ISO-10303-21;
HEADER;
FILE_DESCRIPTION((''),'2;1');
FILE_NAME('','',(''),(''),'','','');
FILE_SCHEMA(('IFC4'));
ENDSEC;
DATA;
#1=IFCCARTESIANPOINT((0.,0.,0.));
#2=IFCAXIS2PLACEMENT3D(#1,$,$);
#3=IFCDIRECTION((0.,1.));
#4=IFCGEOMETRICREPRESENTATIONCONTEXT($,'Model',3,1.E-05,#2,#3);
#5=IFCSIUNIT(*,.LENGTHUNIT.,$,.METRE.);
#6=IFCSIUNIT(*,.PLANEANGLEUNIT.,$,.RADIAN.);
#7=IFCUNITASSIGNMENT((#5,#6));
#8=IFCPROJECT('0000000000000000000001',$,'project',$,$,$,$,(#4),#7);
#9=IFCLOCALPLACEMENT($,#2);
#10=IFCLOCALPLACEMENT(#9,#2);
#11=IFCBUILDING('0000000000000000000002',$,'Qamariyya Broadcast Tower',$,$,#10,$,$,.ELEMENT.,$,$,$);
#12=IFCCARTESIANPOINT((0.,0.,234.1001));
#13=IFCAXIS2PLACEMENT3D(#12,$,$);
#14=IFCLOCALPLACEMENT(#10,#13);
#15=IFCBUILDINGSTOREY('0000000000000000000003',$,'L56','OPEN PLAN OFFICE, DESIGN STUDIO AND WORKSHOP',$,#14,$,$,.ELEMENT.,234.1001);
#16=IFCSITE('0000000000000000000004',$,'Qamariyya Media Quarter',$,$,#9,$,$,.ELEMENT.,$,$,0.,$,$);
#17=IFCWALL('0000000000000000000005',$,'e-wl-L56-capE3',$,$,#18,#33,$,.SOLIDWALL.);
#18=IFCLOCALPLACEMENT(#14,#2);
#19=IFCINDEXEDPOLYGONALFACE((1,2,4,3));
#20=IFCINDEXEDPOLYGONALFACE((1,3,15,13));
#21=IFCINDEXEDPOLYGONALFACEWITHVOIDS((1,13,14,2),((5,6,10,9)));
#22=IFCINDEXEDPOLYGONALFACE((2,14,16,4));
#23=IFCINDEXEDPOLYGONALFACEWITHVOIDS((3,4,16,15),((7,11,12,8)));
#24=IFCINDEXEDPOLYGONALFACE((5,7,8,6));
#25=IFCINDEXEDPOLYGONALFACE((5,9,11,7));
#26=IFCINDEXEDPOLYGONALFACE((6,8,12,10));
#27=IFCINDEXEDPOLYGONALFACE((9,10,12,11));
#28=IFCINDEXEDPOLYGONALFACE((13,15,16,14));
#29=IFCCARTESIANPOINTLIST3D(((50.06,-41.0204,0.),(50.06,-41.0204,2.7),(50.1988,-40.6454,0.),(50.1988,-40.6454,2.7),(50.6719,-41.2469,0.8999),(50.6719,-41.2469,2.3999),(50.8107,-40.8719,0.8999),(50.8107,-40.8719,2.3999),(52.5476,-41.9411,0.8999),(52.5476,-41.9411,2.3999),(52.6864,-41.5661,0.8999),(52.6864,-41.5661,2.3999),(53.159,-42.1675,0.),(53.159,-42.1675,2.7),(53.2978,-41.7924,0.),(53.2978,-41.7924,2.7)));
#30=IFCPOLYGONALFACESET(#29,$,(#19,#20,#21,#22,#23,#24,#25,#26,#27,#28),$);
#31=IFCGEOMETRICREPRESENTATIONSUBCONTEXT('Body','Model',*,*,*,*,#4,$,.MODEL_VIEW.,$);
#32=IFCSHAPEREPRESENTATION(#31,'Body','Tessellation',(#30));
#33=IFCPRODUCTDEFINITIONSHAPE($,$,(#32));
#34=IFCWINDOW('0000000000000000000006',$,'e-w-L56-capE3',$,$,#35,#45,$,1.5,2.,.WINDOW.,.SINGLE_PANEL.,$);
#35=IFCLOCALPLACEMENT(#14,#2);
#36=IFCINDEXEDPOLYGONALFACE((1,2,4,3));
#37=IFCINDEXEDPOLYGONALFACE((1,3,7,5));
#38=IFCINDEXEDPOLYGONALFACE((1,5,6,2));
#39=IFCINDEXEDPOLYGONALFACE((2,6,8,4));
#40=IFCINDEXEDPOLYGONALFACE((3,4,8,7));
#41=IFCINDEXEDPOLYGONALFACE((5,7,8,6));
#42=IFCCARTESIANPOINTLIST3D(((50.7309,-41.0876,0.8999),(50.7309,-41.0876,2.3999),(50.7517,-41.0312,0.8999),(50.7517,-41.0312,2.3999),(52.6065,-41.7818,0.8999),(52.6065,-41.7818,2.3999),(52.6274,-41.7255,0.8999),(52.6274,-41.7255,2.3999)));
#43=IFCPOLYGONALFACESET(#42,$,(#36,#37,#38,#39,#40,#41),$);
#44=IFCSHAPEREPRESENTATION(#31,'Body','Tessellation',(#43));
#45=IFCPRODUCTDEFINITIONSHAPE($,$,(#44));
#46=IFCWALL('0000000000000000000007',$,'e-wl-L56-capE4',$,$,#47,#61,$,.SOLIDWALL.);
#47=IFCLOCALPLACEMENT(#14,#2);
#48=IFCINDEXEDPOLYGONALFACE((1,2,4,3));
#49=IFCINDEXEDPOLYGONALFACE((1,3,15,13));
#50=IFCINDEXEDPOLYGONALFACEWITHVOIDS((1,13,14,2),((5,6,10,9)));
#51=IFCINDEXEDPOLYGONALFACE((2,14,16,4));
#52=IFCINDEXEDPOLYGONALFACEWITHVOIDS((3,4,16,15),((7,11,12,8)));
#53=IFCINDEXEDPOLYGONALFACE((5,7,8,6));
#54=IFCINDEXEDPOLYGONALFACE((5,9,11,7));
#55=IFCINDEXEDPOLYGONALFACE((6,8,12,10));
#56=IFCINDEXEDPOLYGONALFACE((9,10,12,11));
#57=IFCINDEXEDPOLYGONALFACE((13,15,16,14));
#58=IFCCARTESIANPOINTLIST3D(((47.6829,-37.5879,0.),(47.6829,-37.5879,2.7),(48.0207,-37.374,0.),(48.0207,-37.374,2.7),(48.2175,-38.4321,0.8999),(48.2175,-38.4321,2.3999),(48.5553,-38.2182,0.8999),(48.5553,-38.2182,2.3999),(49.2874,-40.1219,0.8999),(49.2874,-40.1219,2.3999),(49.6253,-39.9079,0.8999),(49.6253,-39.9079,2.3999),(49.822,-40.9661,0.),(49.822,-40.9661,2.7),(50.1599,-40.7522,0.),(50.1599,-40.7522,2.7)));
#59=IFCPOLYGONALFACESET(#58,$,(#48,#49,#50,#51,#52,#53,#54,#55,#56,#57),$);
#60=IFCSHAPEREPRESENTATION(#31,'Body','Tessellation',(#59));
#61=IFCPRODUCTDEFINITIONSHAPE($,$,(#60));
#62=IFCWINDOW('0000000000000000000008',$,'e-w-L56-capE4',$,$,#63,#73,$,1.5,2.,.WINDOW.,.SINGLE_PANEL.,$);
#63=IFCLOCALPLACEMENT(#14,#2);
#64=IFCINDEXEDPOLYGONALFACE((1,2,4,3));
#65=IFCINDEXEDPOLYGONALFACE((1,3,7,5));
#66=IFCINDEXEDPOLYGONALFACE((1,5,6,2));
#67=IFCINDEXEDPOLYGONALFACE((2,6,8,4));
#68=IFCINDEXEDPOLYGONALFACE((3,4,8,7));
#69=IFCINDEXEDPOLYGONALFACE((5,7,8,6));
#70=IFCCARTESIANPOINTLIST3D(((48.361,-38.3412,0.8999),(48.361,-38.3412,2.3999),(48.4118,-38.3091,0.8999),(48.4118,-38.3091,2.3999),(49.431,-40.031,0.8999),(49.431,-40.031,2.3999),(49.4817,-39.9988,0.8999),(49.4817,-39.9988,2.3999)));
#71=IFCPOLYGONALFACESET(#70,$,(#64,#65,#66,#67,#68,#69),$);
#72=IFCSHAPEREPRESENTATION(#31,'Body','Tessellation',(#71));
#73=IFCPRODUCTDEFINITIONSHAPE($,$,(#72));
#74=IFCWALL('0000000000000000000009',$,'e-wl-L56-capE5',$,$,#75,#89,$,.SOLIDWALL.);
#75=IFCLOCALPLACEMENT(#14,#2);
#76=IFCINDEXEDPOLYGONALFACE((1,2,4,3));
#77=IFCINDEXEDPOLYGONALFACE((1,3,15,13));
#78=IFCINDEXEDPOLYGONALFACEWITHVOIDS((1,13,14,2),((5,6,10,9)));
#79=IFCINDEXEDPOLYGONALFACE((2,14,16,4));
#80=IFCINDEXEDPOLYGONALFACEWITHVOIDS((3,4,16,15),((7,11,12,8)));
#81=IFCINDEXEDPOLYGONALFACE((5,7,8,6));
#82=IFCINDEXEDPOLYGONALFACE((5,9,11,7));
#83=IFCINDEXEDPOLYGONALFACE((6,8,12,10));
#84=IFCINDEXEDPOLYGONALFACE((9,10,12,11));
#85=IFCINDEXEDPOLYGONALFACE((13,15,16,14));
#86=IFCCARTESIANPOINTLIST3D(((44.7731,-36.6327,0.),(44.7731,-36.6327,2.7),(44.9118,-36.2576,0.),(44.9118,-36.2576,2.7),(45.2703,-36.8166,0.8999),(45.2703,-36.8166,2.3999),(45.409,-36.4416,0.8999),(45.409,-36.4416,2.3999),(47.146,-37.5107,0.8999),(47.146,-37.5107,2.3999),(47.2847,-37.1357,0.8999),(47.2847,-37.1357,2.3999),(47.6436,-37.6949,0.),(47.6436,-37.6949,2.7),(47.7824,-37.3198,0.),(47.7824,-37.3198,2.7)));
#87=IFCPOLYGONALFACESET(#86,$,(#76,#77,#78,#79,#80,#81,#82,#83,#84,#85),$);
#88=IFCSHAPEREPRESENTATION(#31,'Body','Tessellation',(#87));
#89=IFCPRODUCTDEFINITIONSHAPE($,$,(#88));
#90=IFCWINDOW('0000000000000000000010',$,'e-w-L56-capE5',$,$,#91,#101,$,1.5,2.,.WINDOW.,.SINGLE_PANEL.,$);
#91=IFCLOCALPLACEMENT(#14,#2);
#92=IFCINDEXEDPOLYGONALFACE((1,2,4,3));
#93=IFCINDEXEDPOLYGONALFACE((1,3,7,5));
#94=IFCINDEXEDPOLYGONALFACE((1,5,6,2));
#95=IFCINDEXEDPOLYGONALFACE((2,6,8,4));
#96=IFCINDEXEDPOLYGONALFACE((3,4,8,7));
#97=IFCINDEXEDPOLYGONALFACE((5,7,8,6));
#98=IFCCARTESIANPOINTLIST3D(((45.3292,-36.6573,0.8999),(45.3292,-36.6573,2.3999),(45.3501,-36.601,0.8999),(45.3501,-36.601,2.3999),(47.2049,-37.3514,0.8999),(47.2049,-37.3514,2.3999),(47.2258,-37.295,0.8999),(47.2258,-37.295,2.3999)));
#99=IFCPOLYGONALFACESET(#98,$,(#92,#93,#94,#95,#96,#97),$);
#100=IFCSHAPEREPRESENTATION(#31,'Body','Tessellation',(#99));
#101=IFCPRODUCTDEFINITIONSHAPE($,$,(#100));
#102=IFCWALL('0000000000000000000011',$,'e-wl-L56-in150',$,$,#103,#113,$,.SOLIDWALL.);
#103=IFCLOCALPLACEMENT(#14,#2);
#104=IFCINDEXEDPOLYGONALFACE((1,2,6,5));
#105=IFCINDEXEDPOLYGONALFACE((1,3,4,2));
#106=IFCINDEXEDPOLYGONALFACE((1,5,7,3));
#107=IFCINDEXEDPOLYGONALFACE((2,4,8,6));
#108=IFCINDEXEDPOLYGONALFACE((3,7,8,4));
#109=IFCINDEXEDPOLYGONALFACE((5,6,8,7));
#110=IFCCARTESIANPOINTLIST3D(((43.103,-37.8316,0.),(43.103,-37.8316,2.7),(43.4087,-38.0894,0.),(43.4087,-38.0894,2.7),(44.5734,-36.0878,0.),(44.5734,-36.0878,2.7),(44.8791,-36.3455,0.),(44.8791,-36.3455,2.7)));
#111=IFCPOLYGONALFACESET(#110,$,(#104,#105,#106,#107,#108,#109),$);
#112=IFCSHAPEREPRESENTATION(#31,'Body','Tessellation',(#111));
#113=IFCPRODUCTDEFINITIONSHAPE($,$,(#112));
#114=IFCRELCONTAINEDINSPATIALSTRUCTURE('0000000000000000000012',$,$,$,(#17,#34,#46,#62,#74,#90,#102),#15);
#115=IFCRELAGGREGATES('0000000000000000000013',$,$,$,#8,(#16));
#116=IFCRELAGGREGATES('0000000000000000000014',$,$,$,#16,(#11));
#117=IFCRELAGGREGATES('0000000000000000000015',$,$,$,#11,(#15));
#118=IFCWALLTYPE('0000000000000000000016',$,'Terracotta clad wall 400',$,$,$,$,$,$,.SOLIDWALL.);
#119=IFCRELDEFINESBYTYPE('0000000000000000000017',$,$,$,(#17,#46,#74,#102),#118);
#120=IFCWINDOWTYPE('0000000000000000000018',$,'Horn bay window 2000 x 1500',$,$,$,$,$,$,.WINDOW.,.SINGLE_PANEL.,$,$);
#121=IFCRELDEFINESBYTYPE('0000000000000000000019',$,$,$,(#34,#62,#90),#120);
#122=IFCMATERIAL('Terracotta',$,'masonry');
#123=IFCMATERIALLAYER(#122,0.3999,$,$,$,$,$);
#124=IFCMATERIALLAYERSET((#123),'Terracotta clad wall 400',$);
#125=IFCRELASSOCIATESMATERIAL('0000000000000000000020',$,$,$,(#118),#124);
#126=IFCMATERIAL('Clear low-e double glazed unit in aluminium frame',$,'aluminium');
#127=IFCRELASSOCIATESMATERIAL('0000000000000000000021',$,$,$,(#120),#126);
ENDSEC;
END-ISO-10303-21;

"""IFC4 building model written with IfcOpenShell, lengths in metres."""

from ifc_helpers import new_model, si_unit, direction, frame, frame_2d, origin, place, context, subcontext, project, spatial, rectangle, extrude, material, layer, layer_set, type_object, element, fill, save


model = new_model("IFC4")

# Units and contexts
model_context = context("Model", 3, precision=1e-05, world=origin(), true_north=direction((0.0, 1.0)))
body_context = subcontext(model_context, "Body", "Model", "MODEL_VIEW")
ifc_project = project(units=[si_unit("LENGTHUNIT", "METRE"), si_unit("PLANEANGLEUNIT", "RADIAN")], contexts=[model_context])

# Site, building, storey
site_placement = place(None, origin())
site = spatial("IfcSite", under=ifc_project, at=site_placement, Name="Qamariyya Media Quarter", CompositionType="ELEMENT", RefElevation=0.0)
building_placement = place(site_placement, origin())
building = spatial("IfcBuilding", under=site, at=building_placement, Name="Qamariyya Broadcast Tower", CompositionType="ELEMENT")
storey_placement = place(building_placement, frame((0.0, 0.0, 234.1001)))
storey = spatial("IfcBuildingStorey", under=building, at=storey_placement, Name="L56", Description="OPEN PLAN OFFICE, DESIGN STUDIO AND WORKSHOP", CompositionType="ELEMENT", Elevation=234.1001)

# Walls, openings, windows
ifc_material_1 = material(Name="Terracotta", Category="masonry")
ifc_layer = layer(ifc_material_1, 0.3999)
ifc_layer_set = layer_set([ifc_layer], Name="Terracotta clad wall 400")
wall_type = type_object("IfcWallType", Name="Terracotta clad wall 400", PredefinedType="SOLIDWALL", material=ifc_layer_set)
ifc_material_2 = material(Name="Clear low-e double glazed unit in aluminium frame", Category="aluminium")
window_type = type_object("IfcWindowType", Name="Horn bay window 2000 x 1500", PartitioningType="SINGLE_PANEL", PredefinedType="WINDOW", material=ifc_material_2)
wall_1_placement = place(storey_placement, frame((53.2285, -41.98, 0.0), z_axis=(0.0, 0.0, 1.0), x_axis=(-0.937824, 0.347112, 0.0)))
wall_1 = element("IfcWall", 1, at=wall_1_placement, inside=storey, type_object=wall_type, Name="e-wl-L56-capE3", PredefinedType="SOLIDWALL", context=body_context, shape_type="SweptSolid", body=[
    extrude(rectangle(XDim=3.3044, YDim=0.3999, at=frame_2d((1.6523, 0.0))), origin(), (0.0, 0.0, 1.0), 2.7),
])
opening_1_placement = place(wall_1_placement, frame((0.6521, 0.0, 0.8999)))
opening_1 = element("IfcOpeningElement", 2, at=opening_1_placement, cuts=wall_1, PredefinedType="OPENING", context=body_context, shape_type="SweptSolid", body=[
    extrude(rectangle(XDim=2.0, YDim=1.5, at=frame_2d((1.0, 0.75))), frame((0.0, 0.21, 0.0), z_axis=(0.0, -1.0, 0.0), x_axis=(1.0, 0.0, 0.0)), (0.0, 0.0, 1.0), 0.4199),
])
window_1_placement = place(opening_1_placement, origin())
window_1 = element("IfcWindow", 3, at=window_1_placement, inside=storey, type_object=window_type, Name="e-w-L56-capE3", OverallHeight=1.5, OverallWidth=2.0, PartitioningType="SINGLE_PANEL", PredefinedType="WINDOW", context=body_context, shape_type="SweptSolid", body=[
    extrude(rectangle(XDim=2.0, YDim=1.5, at=frame_2d((1.0, 0.75))), frame((0.0, 0.03, 0.0), z_axis=(0.0, -1.0, 0.0), x_axis=(1.0, 0.0, 0.0)), (0.0, 0.0, 1.0), 0.0601),
])
fill(opening_1, window_1)
wall_2_placement = place(storey_placement, frame((49.991, -40.8591, 0.0), z_axis=(0.0, 0.0, 1.0), x_axis=(-0.53499, 0.844859, 0.0)))
wall_2 = element("IfcWall", 4, at=wall_2_placement, inside=storey, type_object=wall_type, Name="e-wl-L56-capE4", PredefinedType="SOLIDWALL", context=body_context, shape_type="SweptSolid", body=[
    extrude(rectangle(XDim=3.9985, YDim=0.3999, at=frame_2d((1.9993, 0.0))), origin(), (0.0, 0.0, 1.0), 2.7),
])
opening_2_placement = place(wall_2_placement, frame((0.9993, 0.0, 0.8999)))
opening_2 = element("IfcOpeningElement", 5, at=opening_2_placement, cuts=wall_2, PredefinedType="OPENING", context=body_context, shape_type="SweptSolid", body=[
    extrude(rectangle(XDim=2.0, YDim=1.5, at=frame_2d((1.0, 0.75))), frame((0.0, 0.21, 0.0), z_axis=(0.0, -1.0, 0.0), x_axis=(1.0, 0.0, 0.0)), (0.0, 0.0, 1.0), 0.4199),
])
window_2_placement = place(opening_2_placement, origin())
window_2 = element("IfcWindow", 6, at=window_2_placement, inside=storey, type_object=window_type, Name="e-w-L56-capE4", OverallHeight=1.5, OverallWidth=2.0, PartitioningType="SINGLE_PANEL", PredefinedType="WINDOW", context=body_context, shape_type="SweptSolid", body=[
    extrude(rectangle(XDim=2.0, YDim=1.5, at=frame_2d((1.0, 0.75))), frame((0.0, 0.03, 0.0), z_axis=(0.0, -1.0, 0.0), x_axis=(1.0, 0.0, 0.0)), (0.0, 0.0, 1.0), 0.0601),
])
fill(opening_2, window_2)
wall_3_placement = place(storey_placement, frame((47.7129, -37.5073, 0.0), z_axis=(0.0, 0.0, 1.0), x_axis=(-0.937848, 0.347047, 0.0)))
wall_3 = element("IfcWall", 7, at=wall_3_placement, inside=storey, type_object=wall_type, Name="e-wl-L56-capE5", PredefinedType="SOLIDWALL", context=body_context, shape_type="SweptSolid", body=[
    extrude(rectangle(XDim=3.0608, YDim=0.3999, at=frame_2d((1.5303, 0.0))), origin(), (0.0, 0.0, 1.0), 2.7),
])
opening_3_placement = place(wall_3_placement, frame((0.5305, 0.0, 0.8999)))
opening_3 = element("IfcOpeningElement", 8, at=opening_3_placement, cuts=wall_3, PredefinedType="OPENING", context=body_context, shape_type="SweptSolid", body=[
    extrude(rectangle(XDim=2.0, YDim=1.5, at=frame_2d((1.0, 0.75))), frame((0.0, 0.21, 0.0), z_axis=(0.0, -1.0, 0.0), x_axis=(1.0, 0.0, 0.0)), (0.0, 0.0, 1.0), 0.4199),
])
window_3_placement = place(opening_3_placement, origin())
window_3 = element("IfcWindow", 9, at=window_3_placement, inside=storey, type_object=window_type, Name="e-w-L56-capE5", OverallHeight=1.5, OverallWidth=2.0, PartitioningType="SINGLE_PANEL", PredefinedType="WINDOW", context=body_context, shape_type="SweptSolid", body=[
    extrude(rectangle(XDim=2.0, YDim=1.5, at=frame_2d((1.0, 0.75))), frame((0.0, 0.03, 0.0), z_axis=(0.0, -1.0, 0.0), x_axis=(1.0, 0.0, 0.0)), (0.0, 0.0, 1.0), 0.0601),
])
fill(opening_3, window_3)

# Wall
wall_4_placement = place(storey_placement, frame((44.7263, -36.2166, 0.0), z_axis=(0.0, 0.0, 1.0), x_axis=(-0.644627, -0.764498, 0.0)))
element("IfcWall", 10, at=wall_4_placement, inside=storey, type_object=wall_type, Name="e-wl-L56-in150", PredefinedType="SOLIDWALL", context=body_context, shape_type="SweptSolid", body=[
    extrude(rectangle(XDim=2.281, YDim=0.3999, at=frame_2d((1.1406, 0.0))), origin(), (0.0, 0.0, 1.0), 2.7),
])

save(model, "model.ifc")
